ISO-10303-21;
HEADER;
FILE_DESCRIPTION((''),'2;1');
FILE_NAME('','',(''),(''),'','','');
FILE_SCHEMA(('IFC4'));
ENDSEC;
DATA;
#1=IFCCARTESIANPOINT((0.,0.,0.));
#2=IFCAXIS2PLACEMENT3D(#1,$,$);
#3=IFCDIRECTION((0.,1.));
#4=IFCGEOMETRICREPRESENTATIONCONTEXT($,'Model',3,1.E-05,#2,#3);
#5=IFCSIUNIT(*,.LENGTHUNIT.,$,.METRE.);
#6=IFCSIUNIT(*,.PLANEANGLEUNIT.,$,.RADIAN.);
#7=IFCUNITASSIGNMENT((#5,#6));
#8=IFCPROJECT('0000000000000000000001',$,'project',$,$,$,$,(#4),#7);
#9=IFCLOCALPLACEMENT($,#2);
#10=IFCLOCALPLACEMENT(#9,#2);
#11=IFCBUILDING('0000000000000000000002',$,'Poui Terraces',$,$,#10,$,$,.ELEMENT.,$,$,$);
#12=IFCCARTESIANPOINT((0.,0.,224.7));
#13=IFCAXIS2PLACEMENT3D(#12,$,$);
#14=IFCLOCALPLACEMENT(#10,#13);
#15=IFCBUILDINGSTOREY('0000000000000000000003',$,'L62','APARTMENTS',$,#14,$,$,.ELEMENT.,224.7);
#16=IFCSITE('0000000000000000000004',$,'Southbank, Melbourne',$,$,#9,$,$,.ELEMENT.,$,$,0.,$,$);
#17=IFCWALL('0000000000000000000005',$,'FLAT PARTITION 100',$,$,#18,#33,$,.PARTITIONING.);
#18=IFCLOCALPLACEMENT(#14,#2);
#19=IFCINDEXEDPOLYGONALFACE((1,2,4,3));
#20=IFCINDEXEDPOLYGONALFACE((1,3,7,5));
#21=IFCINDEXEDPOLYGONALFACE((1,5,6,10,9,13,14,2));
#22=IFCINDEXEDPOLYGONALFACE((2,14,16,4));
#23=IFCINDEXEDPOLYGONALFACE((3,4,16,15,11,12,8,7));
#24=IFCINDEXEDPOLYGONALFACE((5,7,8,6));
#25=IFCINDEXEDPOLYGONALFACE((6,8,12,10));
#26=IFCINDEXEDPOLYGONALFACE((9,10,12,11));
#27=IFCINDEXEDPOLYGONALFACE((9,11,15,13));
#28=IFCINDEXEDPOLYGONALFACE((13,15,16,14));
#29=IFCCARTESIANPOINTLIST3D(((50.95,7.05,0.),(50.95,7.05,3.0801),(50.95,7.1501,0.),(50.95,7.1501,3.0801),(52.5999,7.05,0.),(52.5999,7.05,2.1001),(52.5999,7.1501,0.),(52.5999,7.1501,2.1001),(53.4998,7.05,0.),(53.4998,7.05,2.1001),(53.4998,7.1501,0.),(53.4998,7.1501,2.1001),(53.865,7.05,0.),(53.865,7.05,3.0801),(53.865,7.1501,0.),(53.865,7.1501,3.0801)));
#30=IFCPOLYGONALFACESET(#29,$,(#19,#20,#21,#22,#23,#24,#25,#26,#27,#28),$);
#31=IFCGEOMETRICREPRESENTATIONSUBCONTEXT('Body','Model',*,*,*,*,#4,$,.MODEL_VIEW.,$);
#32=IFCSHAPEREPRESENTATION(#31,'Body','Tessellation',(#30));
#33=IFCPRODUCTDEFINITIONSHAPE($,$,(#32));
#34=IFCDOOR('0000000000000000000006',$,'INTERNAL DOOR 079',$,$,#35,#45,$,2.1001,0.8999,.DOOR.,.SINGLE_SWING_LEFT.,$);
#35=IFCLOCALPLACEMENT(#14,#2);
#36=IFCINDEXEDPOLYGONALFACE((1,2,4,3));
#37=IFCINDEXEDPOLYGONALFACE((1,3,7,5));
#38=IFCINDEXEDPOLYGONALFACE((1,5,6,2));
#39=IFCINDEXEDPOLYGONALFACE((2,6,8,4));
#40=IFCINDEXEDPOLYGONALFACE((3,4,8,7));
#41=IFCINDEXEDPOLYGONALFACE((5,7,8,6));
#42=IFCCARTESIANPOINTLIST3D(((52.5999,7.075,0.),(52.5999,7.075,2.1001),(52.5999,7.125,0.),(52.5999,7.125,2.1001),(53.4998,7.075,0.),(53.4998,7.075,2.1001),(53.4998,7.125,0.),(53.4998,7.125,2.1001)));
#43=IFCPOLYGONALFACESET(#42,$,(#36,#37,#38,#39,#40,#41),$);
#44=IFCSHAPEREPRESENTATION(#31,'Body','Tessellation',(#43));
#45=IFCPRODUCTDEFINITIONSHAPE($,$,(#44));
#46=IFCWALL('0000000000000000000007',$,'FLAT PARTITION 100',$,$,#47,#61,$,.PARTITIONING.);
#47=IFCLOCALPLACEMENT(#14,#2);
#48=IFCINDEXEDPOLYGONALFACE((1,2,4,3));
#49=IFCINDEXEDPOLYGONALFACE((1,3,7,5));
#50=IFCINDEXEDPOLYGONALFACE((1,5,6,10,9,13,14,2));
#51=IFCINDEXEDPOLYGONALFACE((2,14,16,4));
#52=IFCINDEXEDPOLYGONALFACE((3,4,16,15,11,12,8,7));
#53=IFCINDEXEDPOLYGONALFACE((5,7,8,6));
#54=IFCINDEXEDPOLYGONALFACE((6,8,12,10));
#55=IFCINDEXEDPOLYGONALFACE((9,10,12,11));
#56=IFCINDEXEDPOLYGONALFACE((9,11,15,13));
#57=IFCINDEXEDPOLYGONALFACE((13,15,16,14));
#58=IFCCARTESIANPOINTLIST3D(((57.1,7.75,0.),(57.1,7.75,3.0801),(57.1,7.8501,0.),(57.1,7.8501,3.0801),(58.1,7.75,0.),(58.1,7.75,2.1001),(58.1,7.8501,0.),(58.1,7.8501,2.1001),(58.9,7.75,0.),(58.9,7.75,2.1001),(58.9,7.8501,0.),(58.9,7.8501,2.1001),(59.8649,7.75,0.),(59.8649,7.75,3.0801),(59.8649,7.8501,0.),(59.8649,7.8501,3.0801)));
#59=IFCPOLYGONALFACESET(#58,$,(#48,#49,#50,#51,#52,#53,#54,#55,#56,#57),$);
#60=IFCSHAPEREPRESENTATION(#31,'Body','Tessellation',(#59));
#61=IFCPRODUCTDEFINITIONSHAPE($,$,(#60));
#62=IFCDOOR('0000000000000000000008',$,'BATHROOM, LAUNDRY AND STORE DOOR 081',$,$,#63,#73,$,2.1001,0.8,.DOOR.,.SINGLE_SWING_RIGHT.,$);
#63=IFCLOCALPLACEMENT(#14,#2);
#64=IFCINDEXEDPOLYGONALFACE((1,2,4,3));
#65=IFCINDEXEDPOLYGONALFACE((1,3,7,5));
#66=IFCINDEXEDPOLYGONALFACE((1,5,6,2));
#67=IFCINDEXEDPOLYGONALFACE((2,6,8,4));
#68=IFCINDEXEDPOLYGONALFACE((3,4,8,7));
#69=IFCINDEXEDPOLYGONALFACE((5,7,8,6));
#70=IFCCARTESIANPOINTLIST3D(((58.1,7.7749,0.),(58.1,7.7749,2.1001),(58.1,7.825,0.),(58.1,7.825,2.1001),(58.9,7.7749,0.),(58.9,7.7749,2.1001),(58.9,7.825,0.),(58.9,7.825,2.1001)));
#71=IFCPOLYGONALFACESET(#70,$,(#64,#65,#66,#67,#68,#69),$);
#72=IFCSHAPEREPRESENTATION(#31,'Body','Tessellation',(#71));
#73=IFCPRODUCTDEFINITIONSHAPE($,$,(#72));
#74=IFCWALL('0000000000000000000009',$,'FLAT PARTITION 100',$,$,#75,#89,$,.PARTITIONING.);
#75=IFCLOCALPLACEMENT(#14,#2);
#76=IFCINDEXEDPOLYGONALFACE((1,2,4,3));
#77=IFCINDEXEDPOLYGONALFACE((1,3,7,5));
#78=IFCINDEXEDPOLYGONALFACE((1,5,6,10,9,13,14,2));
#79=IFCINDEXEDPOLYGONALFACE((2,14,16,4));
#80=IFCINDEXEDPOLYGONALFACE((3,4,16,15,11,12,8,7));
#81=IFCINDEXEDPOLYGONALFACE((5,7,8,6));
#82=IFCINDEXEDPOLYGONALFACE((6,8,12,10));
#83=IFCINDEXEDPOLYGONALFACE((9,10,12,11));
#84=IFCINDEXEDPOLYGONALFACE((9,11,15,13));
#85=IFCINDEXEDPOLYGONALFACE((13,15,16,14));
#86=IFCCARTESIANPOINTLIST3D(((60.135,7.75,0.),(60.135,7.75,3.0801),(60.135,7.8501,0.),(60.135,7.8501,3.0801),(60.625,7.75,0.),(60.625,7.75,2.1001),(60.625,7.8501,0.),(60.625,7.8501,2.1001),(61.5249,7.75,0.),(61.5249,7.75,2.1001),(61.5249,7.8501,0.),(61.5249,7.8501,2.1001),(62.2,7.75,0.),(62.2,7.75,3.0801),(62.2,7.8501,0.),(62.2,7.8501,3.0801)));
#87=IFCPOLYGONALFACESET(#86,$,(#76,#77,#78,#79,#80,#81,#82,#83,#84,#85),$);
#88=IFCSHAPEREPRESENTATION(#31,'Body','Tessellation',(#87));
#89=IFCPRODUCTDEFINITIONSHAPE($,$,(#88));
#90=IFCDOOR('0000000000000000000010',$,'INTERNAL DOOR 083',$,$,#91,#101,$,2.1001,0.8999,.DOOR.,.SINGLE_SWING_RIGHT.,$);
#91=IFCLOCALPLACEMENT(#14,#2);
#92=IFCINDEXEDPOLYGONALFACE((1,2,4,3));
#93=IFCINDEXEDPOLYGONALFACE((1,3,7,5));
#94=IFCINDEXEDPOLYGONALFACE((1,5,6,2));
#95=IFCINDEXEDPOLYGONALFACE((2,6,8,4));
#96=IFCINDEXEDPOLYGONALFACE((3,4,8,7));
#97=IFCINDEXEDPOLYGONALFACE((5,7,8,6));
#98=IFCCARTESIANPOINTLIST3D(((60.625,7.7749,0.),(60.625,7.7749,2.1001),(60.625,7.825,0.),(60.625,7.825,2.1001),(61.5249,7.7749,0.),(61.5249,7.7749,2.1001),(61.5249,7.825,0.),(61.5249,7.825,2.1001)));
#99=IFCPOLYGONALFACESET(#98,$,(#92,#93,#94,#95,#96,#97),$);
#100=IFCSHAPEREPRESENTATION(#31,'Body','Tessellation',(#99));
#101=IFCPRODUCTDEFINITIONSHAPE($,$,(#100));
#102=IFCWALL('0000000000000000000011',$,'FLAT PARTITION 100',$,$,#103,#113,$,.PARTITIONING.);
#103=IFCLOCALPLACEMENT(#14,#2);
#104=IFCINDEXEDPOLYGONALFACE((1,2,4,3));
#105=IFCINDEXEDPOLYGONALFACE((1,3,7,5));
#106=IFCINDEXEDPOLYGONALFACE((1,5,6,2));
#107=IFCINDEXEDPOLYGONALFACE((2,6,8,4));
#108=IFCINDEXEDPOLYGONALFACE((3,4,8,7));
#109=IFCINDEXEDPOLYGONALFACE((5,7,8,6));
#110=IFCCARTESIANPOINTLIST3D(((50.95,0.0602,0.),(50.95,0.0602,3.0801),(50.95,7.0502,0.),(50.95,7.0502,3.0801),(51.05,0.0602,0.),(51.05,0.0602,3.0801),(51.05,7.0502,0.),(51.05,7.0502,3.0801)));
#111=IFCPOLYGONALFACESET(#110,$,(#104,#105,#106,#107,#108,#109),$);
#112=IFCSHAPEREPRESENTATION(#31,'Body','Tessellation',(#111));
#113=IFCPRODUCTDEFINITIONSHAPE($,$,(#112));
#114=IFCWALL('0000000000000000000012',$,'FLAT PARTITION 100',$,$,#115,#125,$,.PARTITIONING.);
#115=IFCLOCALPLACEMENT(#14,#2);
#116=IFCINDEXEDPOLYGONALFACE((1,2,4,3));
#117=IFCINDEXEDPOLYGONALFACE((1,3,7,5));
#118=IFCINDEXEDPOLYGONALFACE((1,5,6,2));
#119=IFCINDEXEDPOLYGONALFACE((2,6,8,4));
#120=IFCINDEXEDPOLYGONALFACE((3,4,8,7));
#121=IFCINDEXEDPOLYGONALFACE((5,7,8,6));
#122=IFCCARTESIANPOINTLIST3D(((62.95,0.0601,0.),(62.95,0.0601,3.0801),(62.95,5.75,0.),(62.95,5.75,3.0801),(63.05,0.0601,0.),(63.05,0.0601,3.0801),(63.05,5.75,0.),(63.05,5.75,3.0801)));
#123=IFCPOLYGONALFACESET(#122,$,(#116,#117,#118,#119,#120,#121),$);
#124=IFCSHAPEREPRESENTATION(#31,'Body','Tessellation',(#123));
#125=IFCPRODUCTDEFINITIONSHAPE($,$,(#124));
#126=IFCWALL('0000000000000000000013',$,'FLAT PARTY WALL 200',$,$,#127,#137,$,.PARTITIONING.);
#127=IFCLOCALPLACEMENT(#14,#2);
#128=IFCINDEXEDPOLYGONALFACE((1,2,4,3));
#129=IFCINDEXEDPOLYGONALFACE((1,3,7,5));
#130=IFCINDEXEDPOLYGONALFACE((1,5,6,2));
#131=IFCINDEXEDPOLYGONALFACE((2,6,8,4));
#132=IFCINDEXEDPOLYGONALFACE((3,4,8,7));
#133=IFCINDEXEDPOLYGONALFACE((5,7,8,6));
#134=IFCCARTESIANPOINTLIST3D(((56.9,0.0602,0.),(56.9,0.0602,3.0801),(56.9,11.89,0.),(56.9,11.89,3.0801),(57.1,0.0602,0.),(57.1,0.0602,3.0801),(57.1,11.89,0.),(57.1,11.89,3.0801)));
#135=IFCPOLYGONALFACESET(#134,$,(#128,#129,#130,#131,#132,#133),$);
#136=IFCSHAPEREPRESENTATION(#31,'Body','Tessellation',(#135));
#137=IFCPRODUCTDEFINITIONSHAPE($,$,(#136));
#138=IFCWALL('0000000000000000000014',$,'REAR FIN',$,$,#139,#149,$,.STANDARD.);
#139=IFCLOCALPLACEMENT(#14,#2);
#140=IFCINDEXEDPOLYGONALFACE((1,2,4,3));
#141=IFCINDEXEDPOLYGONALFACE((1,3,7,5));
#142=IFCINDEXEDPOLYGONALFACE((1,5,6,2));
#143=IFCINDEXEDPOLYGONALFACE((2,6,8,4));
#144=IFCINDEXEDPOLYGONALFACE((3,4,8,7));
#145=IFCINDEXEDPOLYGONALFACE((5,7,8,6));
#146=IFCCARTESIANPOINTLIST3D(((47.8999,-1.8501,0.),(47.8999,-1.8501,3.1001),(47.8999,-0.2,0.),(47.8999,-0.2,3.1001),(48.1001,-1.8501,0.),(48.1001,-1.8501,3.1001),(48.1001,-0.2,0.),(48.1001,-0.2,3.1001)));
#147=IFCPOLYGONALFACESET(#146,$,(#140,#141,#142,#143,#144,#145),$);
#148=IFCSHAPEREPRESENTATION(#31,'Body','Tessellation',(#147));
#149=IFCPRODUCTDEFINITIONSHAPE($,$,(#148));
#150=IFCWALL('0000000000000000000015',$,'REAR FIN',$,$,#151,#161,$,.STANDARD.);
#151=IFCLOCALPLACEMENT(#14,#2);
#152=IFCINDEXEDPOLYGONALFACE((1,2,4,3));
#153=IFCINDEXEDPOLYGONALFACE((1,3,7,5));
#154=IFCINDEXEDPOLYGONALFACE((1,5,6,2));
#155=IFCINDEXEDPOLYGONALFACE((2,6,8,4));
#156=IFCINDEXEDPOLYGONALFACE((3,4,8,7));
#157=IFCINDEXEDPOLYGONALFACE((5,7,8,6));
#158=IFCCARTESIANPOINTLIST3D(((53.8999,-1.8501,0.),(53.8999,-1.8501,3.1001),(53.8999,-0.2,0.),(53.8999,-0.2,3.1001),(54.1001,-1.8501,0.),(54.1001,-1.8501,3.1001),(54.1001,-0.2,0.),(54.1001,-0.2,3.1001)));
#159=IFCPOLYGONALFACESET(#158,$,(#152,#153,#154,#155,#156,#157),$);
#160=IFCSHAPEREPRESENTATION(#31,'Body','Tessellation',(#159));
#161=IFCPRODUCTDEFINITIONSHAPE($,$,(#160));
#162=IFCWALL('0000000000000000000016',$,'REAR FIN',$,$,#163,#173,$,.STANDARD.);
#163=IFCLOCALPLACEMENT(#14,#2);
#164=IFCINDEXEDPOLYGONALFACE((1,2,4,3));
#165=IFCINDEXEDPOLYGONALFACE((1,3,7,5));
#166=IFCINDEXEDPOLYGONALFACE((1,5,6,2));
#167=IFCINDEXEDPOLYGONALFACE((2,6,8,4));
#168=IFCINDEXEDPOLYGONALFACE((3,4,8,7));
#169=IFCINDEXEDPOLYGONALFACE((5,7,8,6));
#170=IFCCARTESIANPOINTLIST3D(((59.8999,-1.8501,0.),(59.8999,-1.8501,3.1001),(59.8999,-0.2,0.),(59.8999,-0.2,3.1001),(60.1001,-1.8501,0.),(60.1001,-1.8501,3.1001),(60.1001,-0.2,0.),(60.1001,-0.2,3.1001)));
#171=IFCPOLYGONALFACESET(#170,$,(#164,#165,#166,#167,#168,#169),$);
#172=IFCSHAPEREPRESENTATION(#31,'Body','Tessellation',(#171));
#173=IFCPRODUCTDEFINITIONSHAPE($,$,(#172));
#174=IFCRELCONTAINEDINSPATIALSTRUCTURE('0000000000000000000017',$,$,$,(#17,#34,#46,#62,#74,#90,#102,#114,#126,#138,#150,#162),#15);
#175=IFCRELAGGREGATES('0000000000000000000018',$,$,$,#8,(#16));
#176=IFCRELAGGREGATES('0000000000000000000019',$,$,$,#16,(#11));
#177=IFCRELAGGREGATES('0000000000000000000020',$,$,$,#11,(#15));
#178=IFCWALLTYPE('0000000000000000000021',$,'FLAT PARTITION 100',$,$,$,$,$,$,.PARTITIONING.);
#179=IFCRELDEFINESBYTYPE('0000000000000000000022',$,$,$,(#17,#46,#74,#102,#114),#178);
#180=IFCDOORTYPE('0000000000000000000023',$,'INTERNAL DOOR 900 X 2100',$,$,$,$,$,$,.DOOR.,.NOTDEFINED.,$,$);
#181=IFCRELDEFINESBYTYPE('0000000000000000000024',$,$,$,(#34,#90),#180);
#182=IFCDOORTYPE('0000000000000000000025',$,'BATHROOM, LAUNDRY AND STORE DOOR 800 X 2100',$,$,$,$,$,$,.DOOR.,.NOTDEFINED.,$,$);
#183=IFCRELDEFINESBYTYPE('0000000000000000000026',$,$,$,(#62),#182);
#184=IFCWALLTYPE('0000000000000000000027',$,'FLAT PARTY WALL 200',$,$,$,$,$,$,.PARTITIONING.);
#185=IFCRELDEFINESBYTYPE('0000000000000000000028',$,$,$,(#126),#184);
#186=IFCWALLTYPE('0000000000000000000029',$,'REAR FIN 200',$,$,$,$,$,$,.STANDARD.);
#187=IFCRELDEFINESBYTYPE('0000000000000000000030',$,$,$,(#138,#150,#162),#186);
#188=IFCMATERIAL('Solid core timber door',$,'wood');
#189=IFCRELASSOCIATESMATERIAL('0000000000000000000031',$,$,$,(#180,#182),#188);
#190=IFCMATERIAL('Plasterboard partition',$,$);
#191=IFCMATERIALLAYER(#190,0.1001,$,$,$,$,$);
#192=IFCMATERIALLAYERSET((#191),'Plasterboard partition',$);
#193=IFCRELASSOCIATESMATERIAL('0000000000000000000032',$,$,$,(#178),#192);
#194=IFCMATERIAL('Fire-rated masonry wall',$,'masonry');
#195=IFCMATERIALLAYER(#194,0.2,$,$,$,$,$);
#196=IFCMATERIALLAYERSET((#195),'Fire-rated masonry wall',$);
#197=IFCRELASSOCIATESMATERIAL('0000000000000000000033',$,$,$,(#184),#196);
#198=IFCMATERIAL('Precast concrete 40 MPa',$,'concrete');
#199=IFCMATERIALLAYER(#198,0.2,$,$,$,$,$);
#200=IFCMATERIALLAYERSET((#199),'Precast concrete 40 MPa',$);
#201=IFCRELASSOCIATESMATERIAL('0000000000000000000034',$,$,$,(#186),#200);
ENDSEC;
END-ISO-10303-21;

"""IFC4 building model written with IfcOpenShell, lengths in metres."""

from ifc_helpers import new_model, si_unit, direction, frame, frame_2d, origin, place, context, subcontext, project, spatial, polyline, rectangle, outline, extrude, source, transform, mapped, material, layer, layer_set, type_object, element, fill, save


model = new_model("IFC4")

# Units and contexts
model_context = context("Model", 3, precision=1e-05, world=origin(), true_north=direction((0.0, 1.0)))
body_context = subcontext(model_context, "Body", "Model", "MODEL_VIEW")
ifc_project = project(units=[si_unit("LENGTHUNIT", "METRE"), si_unit("PLANEANGLEUNIT", "RADIAN")], contexts=[model_context])

# Site, building, storey
site_placement = place(None, origin())
site = spatial("IfcSite", under=ifc_project, at=site_placement, Name="Southbank, Melbourne", CompositionType="ELEMENT", RefElevation=0.0)
building_placement = place(site_placement, origin())
building = spatial("IfcBuilding", under=site, at=building_placement, Name="Poui Terraces", CompositionType="ELEMENT")
storey_placement = place(building_placement, frame((0.0, 0.0, 224.7)))
storey = spatial("IfcBuildingStorey", under=building, at=storey_placement, Name="L62", Description="APARTMENTS", CompositionType="ELEMENT", Elevation=224.7)

# Shared definitions
ifc_material_1 = material(Name="Precast concrete 40 MPa", Category="concrete")

# Walls, openings, doors
ifc_material_2 = material(Name="Solid core timber door", Category="wood")
door_type_1 = type_object("IfcDoorType", Name="INTERNAL DOOR 900 X 2100", OperationType="NOTDEFINED", PredefinedType="DOOR", material=ifc_material_2)
ifc_material_3 = material(Name="Plasterboard partition")
ifc_layer_1 = layer(ifc_material_3, 0.1001)
ifc_layer_set_1 = layer_set([ifc_layer_1], Name="Plasterboard partition")
wall_type_1 = type_object("IfcWallType", Name="FLAT PARTITION 100", PredefinedType="PARTITIONING", material=ifc_layer_set_1)
wall_1_placement = place(storey_placement, frame((50.95, 7.1001, 0.0), z_axis=(0.0, 0.0, 1.0), x_axis=(1.0, 0.0, 0.0)))
wall_1 = element("IfcWall", 1, at=wall_1_placement, inside=storey, type_object=wall_type_1, Name="FLAT PARTITION 100", PredefinedType="PARTITIONING", context=body_context, shape_type="SweptSolid", body=[
    extrude(rectangle(XDim=2.915, YDim=0.1001, at=frame_2d((1.4575, 0.0))), origin(), (0.0, 0.0, 1.0), 3.0801),
])
opening_1_placement = place(wall_1_placement, frame((1.6499, 0.0, 0.0)))
opening_1 = element("IfcOpeningElement", 2, at=opening_1_placement, cuts=wall_1, PredefinedType="OPENING", context=body_context, shape_type="SweptSolid", body=[
    extrude(rectangle(XDim=0.8999, YDim=2.1001, at=frame_2d((0.45, 1.05))), frame((0.0, 0.0601, 0.0), z_axis=(0.0, -1.0, 0.0), x_axis=(1.0, 0.0, 0.0)), (0.0, 0.0, 1.0), 0.1201),
])
door_1_placement = place(opening_1_placement, origin())
door_1 = element("IfcDoor", 3, at=door_1_placement, inside=storey, type_object=door_type_1, Name="INTERNAL DOOR 079", OperationType="SINGLE_SWING_LEFT", OverallHeight=2.1001, OverallWidth=0.8999, PredefinedType="DOOR", context=body_context, shape_type="SweptSolid", body=[
    extrude(rectangle(XDim=0.8999, YDim=2.1001, at=frame_2d((0.45, 1.05))), frame((0.0, 0.0249, 0.0), z_axis=(0.0, -1.0, 0.0), x_axis=(1.0, 0.0, 0.0)), (0.0, 0.0, 1.0), 0.05),
])
fill(opening_1, door_1)
wall_2_placement = place(storey_placement, frame((57.1001, 7.8, 0.0), z_axis=(0.0, 0.0, 1.0), x_axis=(1.0, 0.0, 0.0)))
wall_2 = element("IfcWall", 4, at=wall_2_placement, inside=storey, type_object=wall_type_1, Name="FLAT PARTITION 100", PredefinedType="PARTITIONING", context=body_context, shape_type="SweptSolid", body=[
    extrude(rectangle(XDim=2.7649, YDim=0.1001, at=frame_2d((1.3823, 0.0))), origin(), (0.0, 0.0, 1.0), 3.0801),
])
opening_2_placement = place(wall_2_placement, frame((1.0, 0.0, 0.0)))
opening_2 = element("IfcOpeningElement", 5, at=opening_2_placement, cuts=wall_2, PredefinedType="OPENING", context=body_context, shape_type="SweptSolid", body=[
    extrude(rectangle(XDim=0.8, YDim=2.1001, at=frame_2d((0.3999, 1.05))), frame((0.0, 0.0601, 0.0), z_axis=(0.0, -1.0, 0.0), x_axis=(1.0, 0.0, 0.0)), (0.0, 0.0, 1.0), 0.1201),
])
door_type_2 = type_object("IfcDoorType", Name="BATHROOM, LAUNDRY AND STORE DOOR 800 X 2100", OperationType="NOTDEFINED", PredefinedType="DOOR", material=ifc_material_2)
door_2_placement = place(opening_2_placement, origin())
door_2 = element("IfcDoor", 6, at=door_2_placement, inside=storey, type_object=door_type_2, Name="BATHROOM, LAUNDRY AND STORE DOOR 081", OperationType="SINGLE_SWING_RIGHT", OverallHeight=2.1001, OverallWidth=0.8, PredefinedType="DOOR", context=body_context, shape_type="SweptSolid", body=[
    extrude(rectangle(XDim=0.8, YDim=2.1001, at=frame_2d((0.3999, 1.05))), frame((0.0, 0.0249, 0.0), z_axis=(0.0, -1.0, 0.0), x_axis=(1.0, 0.0, 0.0)), (0.0, 0.0, 1.0), 0.05),
])
fill(opening_2, door_2)
wall_3_placement = place(storey_placement, frame((60.135, 7.8, 0.0), z_axis=(0.0, 0.0, 1.0), x_axis=(1.0, 0.0, 0.0)))
wall_3 = element("IfcWall", 7, at=wall_3_placement, inside=storey, type_object=wall_type_1, Name="FLAT PARTITION 100", PredefinedType="PARTITIONING", context=body_context, shape_type="SweptSolid", body=[
    extrude(rectangle(XDim=2.0649, YDim=0.1001, at=frame_2d((1.0325, 0.0))), origin(), (0.0, 0.0, 1.0), 3.0801),
])
opening_3_placement = place(wall_3_placement, frame((0.49, 0.0, 0.0)))
opening_3 = element("IfcOpeningElement", 8, at=opening_3_placement, cuts=wall_3, PredefinedType="OPENING", context=body_context, shape_type="SweptSolid", body=[
    extrude(rectangle(XDim=0.8999, YDim=2.1001, at=frame_2d((0.45, 1.05))), frame((0.0, 0.0601, 0.0), z_axis=(0.0, -1.0, 0.0), x_axis=(1.0, 0.0, 0.0)), (0.0, 0.0, 1.0), 0.1201),
])
door_3_placement = place(opening_3_placement, origin())
door_3 = element("IfcDoor", 9, at=door_3_placement, inside=storey, type_object=door_type_1, Name="INTERNAL DOOR 083", OperationType="SINGLE_SWING_RIGHT", OverallHeight=2.1001, OverallWidth=0.8999, PredefinedType="DOOR", context=body_context, shape_type="SweptSolid", body=[
    extrude(rectangle(XDim=0.8999, YDim=2.1001, at=frame_2d((0.45, 1.05))), frame((0.0, 0.0249, 0.0), z_axis=(0.0, -1.0, 0.0), x_axis=(1.0, 0.0, 0.0)), (0.0, 0.0, 1.0), 0.05),
])
fill(opening_3, door_3)

# Walls
wall_4_placement = place(storey_placement, frame((51.0, 0.0601, 0.0), z_axis=(0.0, 0.0, 1.0), x_axis=(0.0, 1.0, 0.0)))
element("IfcWall", 10, at=wall_4_placement, inside=storey, type_object=wall_type_1, Name="FLAT PARTITION 100", PredefinedType="PARTITIONING", context=body_context, shape_type="SweptSolid", body=[
    extrude(rectangle(XDim=6.99, YDim=0.1001, at=frame_2d((3.4951, 0.0))), origin(), (0.0, 0.0, 1.0), 3.0801),
])
wall_5_placement = place(storey_placement, frame((63.0, 0.0601, 0.0), z_axis=(0.0, 0.0, 1.0), x_axis=(0.0, 1.0, 0.0)))
element("IfcWall", 11, at=wall_5_placement, inside=storey, type_object=wall_type_1, Name="FLAT PARTITION 100", PredefinedType="PARTITIONING", context=body_context, shape_type="SweptSolid", body=[
    extrude(rectangle(XDim=5.6899, YDim=0.1001, at=frame_2d((2.845, 0.0))), origin(), (0.0, 0.0, 1.0), 3.0801),
])
ifc_material_4 = material(Name="Fire-rated masonry wall", Category="masonry")
ifc_layer_2 = layer(ifc_material_4, 0.2)
ifc_layer_set_2 = layer_set([ifc_layer_2], Name="Fire-rated masonry wall")
wall_type_2 = type_object("IfcWallType", Name="FLAT PARTY WALL 200", PredefinedType="PARTITIONING", material=ifc_layer_set_2)
wall_6_placement = place(storey_placement, frame((57.0, 0.0601, 0.0), z_axis=(0.0, 0.0, 1.0), x_axis=(0.0, 1.0, 0.0)))
element("IfcWall", 12, at=wall_6_placement, inside=storey, type_object=wall_type_2, Name="FLAT PARTY WALL 200", PredefinedType="PARTITIONING", context=body_context, shape_type="SweptSolid", body=[
    extrude(rectangle(XDim=11.8298, YDim=0.2, at=frame_2d((5.915, 0.0))), origin(), (0.0, 0.0, 1.0), 3.0801),
])
ifc_layer_3 = layer(ifc_material_1, 0.2)
ifc_layer_set_3 = layer_set([ifc_layer_3], Name="Precast concrete 40 MPa")
wall_type_3 = type_object("IfcWallType", Name="REAR FIN 200", PredefinedType="STANDARD", material=ifc_layer_set_3)
shared_shape_1 = source(origin(), body_context, "Body", "SweptSolid", [
    extrude(outline(polyline([(0.0, 0.0), (0.2002, 0.0), (0.2002, 1.6501), (0.0, 1.6501), (0.0, 0.0)])), origin(), (0.0, 0.0, 1.0), 3.1001),
])
for number, where, name in (
    (13, (47.8999, -1.8501, 0.0), "REAR FIN"),
    (14, (53.8999, -1.8501, 0.0), "REAR FIN"),
    (15, (59.8999, -1.8501, 0.0), "REAR FIN"),
):
    element("IfcWall", number, at=place(storey_placement, frame(where)), inside=storey, type_object=wall_type_3, Name=name, PredefinedType="STANDARD", context=body_context, shape_type="MappedRepresentation", body=[
        mapped(shared_shape_1, transform((0.0, 0.0, 0.0))),
    ])

save(model, "model.ifc")
